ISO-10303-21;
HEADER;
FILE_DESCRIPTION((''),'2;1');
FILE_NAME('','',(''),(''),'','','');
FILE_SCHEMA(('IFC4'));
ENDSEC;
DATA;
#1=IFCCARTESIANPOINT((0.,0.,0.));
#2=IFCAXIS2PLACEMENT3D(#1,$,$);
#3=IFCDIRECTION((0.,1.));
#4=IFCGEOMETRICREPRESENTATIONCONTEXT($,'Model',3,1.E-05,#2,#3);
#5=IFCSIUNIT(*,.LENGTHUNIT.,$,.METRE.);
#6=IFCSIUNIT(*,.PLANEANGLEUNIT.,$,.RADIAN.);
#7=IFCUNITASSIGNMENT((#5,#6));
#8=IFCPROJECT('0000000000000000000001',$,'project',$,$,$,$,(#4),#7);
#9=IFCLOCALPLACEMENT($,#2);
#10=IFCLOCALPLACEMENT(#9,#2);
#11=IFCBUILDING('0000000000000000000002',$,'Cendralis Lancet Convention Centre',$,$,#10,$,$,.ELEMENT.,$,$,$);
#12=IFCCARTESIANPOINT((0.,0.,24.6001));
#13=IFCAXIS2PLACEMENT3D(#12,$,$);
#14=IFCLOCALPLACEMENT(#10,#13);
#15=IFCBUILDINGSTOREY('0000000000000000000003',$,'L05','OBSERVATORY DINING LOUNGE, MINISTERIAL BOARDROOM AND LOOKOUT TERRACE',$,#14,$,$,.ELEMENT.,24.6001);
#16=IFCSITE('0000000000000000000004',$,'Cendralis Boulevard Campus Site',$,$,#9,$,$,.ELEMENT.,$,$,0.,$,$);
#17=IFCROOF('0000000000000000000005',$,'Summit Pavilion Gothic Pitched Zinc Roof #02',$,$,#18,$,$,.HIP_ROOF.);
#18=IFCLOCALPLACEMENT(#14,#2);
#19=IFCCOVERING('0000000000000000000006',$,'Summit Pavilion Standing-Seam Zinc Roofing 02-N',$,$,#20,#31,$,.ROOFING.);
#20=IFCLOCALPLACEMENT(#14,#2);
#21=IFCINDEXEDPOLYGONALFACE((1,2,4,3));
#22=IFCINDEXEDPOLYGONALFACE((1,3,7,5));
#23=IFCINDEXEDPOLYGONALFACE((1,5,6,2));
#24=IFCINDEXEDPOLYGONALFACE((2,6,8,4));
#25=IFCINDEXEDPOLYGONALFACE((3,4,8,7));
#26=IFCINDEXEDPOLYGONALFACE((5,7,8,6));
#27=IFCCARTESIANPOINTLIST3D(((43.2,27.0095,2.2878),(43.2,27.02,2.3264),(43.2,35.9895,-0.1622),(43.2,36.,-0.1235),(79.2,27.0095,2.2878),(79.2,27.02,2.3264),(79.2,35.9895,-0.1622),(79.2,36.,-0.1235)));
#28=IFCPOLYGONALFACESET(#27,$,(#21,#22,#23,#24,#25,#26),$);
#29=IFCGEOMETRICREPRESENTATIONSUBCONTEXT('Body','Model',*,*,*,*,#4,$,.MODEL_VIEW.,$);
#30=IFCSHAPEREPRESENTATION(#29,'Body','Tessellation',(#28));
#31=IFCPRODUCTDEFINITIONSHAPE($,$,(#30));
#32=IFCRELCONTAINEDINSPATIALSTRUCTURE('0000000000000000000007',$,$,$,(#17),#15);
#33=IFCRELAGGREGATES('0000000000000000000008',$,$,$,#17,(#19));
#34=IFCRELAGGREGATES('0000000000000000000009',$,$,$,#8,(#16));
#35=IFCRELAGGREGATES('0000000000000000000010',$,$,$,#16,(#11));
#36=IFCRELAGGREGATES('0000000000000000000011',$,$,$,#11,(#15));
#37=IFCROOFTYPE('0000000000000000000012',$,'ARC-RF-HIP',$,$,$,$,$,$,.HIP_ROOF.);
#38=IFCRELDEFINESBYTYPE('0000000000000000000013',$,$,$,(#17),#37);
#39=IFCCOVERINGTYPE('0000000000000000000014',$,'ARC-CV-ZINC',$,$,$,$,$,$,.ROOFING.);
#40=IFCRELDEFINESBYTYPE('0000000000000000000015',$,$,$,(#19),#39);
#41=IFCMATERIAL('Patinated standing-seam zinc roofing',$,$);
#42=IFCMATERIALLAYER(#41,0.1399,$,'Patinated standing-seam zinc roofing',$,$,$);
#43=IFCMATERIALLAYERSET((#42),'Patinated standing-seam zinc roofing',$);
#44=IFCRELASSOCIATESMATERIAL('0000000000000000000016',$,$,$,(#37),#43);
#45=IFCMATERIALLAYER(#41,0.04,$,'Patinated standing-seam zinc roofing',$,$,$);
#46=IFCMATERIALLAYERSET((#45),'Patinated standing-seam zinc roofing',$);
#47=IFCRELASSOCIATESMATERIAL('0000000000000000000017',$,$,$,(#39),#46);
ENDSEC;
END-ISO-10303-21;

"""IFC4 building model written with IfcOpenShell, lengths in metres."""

from ifc_helpers import new_model, si_unit, direction, frame, origin, place, context, subcontext, project, spatial, polyline, outline, extrude, material, layer, layer_set, type_object, element, aggregate, save


model = new_model("IFC4")

# Units and contexts
model_context = context("Model", 3, precision=1e-05, world=origin(), true_north=direction((0.0, 1.0)))
body_context = subcontext(model_context, "Body", "Model", "MODEL_VIEW")
ifc_project = project(units=[si_unit("LENGTHUNIT", "METRE"), si_unit("PLANEANGLEUNIT", "RADIAN")], contexts=[model_context])

# Site, building, storey
site_placement = place(None, origin())
site = spatial("IfcSite", under=ifc_project, at=site_placement, Name="Cendralis Boulevard Campus Site", CompositionType="ELEMENT", RefElevation=0.0)
building_placement = place(site_placement, origin())
building = spatial("IfcBuilding", under=site, at=building_placement, Name="Cendralis Lancet Convention Centre", CompositionType="ELEMENT")
storey_placement = place(building_placement, frame((0.0, 0.0, 24.6001)))
storey = spatial("IfcBuildingStorey", under=building, at=storey_placement, Name="L05", Description="OBSERVATORY DINING LOUNGE, MINISTERIAL BOARDROOM AND LOOKOUT TERRACE", CompositionType="ELEMENT", Elevation=24.6001)

# Roof, covering
ifc_material_1 = material(Name="Patinated standing-seam zinc roofing")
ifc_layer_1 = layer(ifc_material_1, 0.1399, Name="Patinated standing-seam zinc roofing")
ifc_layer_set_1 = layer_set([ifc_layer_1], Name="Patinated standing-seam zinc roofing")
roof_type = type_object("IfcRoofType", Name="ARC-RF-HIP", PredefinedType="HIP_ROOF", material=ifc_layer_set_1)
roof_placement = place(storey_placement, origin())
roof = element("IfcRoof", 1, at=roof_placement, inside=storey, type_object=roof_type, Name="Summit Pavilion Gothic Pitched Zinc Roof #02", PredefinedType="HIP_ROOF")
ifc_layer_2 = layer(ifc_material_1, 0.04, Name="Patinated standing-seam zinc roofing")
ifc_layer_set_2 = layer_set([ifc_layer_2], Name="Patinated standing-seam zinc roofing")
covering_type = type_object("IfcCoveringType", Name="ARC-CV-ZINC", PredefinedType="ROOFING", material=ifc_layer_set_2)
covering_1_placement = place(storey_placement, frame((43.2, 27.02, 2.3264), z_axis=(0.0, 0.263204, 0.96474), x_axis=(1.0, 0.0, 0.0)))
covering_1 = element("IfcCovering", 2, at=covering_1_placement, type_object=covering_type, Name="Summit Pavilion Standing-Seam Zinc Roofing 02-N", PredefinedType="ROOFING", context=body_context, shape_type="SweptSolid", body=[
    extrude(outline(polyline([(0.0, 0.0), (36.0, 0.0), (36.0, 9.3082), (0.0, 9.3082), (0.0, 0.0)])), origin(), (0.0, 0.0, -1.0), 0.04),
])
aggregate(roof, [covering_1])

save(model, "model.ifc")
